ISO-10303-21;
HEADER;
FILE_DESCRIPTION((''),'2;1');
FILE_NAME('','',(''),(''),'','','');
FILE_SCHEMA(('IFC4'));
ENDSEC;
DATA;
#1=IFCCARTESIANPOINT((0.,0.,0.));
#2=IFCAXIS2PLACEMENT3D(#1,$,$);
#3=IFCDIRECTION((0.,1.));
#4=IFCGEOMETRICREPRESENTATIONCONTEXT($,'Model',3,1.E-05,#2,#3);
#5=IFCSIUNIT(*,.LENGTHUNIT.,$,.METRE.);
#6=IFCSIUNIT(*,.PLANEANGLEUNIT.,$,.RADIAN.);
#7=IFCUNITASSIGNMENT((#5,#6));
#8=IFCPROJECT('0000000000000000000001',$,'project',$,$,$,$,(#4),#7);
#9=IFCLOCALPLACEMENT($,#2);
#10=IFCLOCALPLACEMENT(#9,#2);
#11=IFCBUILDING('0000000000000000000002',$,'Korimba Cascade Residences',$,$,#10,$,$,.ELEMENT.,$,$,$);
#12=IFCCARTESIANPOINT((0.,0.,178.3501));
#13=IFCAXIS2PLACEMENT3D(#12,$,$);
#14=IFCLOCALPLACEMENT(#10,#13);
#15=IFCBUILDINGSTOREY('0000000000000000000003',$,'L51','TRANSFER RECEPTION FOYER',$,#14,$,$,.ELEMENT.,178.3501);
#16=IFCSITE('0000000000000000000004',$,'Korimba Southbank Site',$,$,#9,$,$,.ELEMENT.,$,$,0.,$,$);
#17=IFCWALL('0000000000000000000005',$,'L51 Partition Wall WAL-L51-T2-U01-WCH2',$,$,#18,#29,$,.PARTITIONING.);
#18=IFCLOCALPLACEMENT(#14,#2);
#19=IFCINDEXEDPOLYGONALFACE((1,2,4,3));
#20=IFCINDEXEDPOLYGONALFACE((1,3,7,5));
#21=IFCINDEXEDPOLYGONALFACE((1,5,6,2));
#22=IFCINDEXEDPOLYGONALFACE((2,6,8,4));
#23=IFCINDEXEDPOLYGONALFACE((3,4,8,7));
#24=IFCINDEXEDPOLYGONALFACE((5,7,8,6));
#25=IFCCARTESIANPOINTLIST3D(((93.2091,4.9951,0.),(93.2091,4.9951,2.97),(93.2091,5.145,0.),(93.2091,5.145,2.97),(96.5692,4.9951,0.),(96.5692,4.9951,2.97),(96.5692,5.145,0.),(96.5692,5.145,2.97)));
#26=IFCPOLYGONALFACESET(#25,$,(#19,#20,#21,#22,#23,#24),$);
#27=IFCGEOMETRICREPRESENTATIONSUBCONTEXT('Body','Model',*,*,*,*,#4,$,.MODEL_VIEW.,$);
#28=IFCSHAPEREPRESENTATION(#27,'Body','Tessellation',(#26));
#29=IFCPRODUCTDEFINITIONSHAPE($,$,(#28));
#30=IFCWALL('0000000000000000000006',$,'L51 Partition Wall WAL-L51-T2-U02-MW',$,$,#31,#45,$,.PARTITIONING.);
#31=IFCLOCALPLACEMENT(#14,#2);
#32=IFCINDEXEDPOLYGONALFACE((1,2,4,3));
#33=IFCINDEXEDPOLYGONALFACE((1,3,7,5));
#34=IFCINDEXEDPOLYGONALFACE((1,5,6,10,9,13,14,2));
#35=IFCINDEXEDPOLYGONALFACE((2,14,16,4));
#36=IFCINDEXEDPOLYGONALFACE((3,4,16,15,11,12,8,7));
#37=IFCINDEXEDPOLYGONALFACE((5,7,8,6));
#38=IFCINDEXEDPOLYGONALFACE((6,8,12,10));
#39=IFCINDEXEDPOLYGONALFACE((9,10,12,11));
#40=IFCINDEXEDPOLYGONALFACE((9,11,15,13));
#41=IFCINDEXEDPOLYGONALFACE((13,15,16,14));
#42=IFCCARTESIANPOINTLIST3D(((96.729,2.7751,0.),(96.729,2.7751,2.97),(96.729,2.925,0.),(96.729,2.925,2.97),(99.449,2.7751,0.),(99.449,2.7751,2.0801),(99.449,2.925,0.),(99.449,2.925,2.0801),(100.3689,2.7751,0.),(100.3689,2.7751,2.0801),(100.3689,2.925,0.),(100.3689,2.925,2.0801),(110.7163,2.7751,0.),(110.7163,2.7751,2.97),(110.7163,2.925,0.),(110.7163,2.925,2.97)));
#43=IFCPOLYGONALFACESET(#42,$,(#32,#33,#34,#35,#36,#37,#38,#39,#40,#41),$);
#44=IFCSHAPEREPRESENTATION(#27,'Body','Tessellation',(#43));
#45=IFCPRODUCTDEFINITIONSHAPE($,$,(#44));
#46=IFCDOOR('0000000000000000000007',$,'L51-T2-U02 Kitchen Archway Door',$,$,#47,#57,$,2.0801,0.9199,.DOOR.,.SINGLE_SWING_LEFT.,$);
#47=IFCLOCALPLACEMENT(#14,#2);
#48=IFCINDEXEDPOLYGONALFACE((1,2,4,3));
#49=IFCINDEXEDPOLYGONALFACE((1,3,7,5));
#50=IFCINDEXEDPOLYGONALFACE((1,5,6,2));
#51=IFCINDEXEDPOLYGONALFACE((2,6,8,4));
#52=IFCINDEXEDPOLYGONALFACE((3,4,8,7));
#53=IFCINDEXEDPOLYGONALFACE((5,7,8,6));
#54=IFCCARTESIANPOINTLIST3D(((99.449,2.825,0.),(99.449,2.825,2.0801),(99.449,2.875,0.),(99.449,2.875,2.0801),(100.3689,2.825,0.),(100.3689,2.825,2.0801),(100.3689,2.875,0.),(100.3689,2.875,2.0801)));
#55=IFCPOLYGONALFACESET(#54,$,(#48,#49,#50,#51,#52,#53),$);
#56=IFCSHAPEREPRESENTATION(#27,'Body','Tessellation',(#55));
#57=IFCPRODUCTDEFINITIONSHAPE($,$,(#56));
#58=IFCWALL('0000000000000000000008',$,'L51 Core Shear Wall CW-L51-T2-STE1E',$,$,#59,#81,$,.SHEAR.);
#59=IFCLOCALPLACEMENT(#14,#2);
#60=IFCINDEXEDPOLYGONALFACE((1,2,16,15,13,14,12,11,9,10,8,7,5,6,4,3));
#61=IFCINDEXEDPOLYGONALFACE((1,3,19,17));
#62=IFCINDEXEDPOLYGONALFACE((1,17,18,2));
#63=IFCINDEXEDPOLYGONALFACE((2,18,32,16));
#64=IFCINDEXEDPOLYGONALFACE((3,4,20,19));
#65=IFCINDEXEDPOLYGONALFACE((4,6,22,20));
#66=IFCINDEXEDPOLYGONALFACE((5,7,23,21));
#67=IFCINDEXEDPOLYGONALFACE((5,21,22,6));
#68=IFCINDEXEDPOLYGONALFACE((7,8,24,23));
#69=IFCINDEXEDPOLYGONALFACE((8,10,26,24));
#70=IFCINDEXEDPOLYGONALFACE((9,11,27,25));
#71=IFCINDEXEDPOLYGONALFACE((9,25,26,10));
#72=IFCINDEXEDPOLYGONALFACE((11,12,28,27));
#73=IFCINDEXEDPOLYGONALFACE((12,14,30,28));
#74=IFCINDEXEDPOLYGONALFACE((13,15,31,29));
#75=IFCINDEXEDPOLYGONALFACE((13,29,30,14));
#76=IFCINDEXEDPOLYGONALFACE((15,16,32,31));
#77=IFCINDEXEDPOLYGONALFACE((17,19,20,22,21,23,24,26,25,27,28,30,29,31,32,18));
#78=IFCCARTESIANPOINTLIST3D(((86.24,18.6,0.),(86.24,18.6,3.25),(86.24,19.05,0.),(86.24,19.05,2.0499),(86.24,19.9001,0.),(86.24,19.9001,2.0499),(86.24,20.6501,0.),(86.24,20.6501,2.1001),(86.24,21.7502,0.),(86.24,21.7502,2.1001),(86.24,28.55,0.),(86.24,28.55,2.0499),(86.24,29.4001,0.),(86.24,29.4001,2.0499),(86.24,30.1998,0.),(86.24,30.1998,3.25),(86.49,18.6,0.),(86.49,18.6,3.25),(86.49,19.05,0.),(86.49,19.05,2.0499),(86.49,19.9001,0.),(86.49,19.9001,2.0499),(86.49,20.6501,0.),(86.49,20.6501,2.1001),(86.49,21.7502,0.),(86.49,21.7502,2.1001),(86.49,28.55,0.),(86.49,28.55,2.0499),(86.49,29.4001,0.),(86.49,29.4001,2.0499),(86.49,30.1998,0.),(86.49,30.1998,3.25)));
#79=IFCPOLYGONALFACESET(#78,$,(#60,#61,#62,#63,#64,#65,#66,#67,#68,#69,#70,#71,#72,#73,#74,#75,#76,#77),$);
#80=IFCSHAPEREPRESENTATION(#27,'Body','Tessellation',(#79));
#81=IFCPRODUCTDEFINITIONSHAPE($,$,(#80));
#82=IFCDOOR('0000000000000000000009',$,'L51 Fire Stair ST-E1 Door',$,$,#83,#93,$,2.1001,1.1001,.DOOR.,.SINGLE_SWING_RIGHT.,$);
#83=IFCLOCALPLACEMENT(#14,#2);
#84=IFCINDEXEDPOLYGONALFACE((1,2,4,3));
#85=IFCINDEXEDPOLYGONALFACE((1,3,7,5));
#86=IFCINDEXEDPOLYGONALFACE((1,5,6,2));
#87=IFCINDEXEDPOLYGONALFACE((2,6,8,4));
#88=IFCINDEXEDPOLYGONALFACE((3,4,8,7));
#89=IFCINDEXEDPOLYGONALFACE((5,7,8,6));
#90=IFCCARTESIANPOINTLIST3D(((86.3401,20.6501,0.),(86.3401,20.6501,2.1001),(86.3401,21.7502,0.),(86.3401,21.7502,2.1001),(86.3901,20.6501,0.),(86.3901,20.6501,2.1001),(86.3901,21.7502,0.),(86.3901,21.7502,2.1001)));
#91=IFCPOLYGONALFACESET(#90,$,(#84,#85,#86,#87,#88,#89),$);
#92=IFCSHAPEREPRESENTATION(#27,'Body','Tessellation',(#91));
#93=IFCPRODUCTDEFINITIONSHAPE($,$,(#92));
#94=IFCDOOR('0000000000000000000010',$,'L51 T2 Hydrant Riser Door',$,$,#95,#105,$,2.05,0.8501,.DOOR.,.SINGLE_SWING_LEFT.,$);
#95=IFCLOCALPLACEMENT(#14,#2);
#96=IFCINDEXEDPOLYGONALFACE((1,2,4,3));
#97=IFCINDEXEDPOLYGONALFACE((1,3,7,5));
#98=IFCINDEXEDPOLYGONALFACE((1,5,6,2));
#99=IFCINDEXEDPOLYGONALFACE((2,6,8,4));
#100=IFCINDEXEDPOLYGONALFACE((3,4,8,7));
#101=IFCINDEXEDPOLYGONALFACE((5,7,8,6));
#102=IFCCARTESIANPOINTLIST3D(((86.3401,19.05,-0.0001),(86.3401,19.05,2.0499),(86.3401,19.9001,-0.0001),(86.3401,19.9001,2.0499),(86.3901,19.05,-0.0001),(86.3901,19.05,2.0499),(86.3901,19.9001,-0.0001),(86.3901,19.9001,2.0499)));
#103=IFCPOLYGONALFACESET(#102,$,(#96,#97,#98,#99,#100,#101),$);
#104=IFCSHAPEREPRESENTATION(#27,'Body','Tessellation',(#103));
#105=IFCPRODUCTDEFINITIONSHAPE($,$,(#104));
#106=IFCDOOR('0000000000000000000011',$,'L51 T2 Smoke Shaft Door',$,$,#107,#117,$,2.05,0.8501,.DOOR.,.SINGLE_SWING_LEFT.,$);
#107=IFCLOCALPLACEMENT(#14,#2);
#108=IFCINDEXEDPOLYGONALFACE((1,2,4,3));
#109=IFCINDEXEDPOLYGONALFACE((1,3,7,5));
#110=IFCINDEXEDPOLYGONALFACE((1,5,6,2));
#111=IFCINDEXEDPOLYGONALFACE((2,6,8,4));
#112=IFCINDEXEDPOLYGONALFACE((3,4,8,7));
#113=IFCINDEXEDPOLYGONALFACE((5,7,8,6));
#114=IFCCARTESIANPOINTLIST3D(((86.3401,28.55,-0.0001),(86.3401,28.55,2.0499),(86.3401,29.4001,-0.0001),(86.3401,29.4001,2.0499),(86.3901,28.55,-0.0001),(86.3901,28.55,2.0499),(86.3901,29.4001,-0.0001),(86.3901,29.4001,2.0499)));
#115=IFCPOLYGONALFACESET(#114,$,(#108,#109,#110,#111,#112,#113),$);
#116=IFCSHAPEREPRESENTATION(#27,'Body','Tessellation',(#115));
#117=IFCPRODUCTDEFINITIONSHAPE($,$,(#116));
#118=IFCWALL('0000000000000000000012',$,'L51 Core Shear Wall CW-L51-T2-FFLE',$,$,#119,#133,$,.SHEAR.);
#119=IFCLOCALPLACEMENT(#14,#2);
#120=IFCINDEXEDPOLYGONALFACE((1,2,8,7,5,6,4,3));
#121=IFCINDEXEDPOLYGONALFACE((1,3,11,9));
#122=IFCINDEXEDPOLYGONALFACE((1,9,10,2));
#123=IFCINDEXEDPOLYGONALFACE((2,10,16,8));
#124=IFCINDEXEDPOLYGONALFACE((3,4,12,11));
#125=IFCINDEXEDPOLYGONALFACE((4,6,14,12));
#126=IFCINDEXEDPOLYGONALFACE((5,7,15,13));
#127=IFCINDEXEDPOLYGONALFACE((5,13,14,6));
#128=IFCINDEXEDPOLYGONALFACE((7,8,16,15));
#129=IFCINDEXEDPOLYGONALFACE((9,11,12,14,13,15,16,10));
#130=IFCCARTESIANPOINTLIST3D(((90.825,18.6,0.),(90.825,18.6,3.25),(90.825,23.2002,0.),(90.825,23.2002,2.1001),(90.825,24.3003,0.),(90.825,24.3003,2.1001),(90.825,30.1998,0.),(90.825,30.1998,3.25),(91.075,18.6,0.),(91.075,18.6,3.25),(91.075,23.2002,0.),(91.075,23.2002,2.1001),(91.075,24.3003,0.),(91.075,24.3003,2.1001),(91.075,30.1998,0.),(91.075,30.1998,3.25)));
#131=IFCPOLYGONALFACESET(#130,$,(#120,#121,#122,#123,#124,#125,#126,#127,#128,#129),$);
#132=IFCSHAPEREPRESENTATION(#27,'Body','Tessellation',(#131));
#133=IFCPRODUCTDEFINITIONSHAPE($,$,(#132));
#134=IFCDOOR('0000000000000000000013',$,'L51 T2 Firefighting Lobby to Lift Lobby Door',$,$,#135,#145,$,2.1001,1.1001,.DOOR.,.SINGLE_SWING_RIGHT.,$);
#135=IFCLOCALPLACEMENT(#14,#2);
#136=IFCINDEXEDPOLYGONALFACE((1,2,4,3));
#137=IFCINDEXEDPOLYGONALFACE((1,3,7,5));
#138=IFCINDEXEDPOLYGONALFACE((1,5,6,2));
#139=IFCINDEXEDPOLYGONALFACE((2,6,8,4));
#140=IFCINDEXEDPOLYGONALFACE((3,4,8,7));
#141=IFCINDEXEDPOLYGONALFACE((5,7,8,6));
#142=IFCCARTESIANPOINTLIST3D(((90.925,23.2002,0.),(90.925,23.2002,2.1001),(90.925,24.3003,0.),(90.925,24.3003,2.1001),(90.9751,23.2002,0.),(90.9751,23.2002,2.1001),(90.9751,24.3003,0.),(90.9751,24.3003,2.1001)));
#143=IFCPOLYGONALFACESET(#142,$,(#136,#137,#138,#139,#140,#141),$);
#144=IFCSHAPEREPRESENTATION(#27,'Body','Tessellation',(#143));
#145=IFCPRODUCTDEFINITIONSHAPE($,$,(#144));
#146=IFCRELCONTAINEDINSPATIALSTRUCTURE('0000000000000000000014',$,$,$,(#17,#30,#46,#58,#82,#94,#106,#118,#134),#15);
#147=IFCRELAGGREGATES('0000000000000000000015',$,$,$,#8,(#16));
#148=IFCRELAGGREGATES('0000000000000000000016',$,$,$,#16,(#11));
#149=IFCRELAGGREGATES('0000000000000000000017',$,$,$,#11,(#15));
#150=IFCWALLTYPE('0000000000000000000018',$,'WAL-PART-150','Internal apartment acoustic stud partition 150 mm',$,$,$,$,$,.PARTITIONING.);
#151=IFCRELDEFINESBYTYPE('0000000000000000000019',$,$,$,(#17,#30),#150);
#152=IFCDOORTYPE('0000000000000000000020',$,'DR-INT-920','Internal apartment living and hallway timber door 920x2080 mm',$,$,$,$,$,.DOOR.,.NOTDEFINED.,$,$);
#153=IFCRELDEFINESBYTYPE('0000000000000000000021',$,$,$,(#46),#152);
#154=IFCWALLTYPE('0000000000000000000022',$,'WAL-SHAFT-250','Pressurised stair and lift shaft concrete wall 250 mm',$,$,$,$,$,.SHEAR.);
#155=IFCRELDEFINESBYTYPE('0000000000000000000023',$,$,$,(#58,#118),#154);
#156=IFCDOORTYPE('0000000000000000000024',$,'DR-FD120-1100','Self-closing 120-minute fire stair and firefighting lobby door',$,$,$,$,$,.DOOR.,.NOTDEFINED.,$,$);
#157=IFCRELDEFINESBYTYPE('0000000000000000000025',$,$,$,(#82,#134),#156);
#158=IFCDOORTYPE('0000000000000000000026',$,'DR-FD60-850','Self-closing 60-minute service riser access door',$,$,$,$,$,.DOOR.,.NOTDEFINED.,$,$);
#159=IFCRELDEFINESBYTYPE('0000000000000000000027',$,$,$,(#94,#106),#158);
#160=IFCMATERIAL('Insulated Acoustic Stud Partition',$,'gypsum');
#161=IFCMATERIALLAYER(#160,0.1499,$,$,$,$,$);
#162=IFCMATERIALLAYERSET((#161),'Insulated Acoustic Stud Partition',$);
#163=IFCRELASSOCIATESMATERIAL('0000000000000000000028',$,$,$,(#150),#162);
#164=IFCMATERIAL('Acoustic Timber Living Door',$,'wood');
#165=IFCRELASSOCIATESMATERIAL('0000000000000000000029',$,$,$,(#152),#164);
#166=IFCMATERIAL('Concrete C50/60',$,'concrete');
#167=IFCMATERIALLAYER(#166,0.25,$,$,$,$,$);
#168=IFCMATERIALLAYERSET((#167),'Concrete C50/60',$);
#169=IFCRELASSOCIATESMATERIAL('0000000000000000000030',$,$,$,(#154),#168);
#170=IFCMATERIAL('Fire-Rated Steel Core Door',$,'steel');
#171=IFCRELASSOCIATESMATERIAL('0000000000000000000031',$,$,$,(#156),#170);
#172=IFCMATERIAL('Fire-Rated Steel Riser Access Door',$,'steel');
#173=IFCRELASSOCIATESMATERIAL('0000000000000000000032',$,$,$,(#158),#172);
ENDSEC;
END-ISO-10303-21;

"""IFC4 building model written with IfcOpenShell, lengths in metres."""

from ifc_helpers import new_model, si_unit, direction, frame, frame_2d, origin, place, context, subcontext, project, spatial, rectangle, extrude, material, layer, layer_set, type_object, element, fill, save


model = new_model("IFC4")

# Units and contexts
model_context = context("Model", 3, precision=1e-05, world=origin(), true_north=direction((0.0, 1.0)))
body_context = subcontext(model_context, "Body", "Model", "MODEL_VIEW")
ifc_project = project(units=[si_unit("LENGTHUNIT", "METRE"), si_unit("PLANEANGLEUNIT", "RADIAN")], contexts=[model_context])

# Site, building, storey
site_placement = place(None, origin())
site = spatial("IfcSite", under=ifc_project, at=site_placement, Name="Korimba Southbank Site", CompositionType="ELEMENT", RefElevation=0.0)
building_placement = place(site_placement, origin())
building = spatial("IfcBuilding", under=site, at=building_placement, Name="Korimba Cascade Residences", CompositionType="ELEMENT")
storey_placement = place(building_placement, frame((0.0, 0.0, 178.3501)))
storey = spatial("IfcBuildingStorey", under=building, at=storey_placement, Name="L51", Description="TRANSFER RECEPTION FOYER", CompositionType="ELEMENT", Elevation=178.3501)

# Shared definitions
ifc_material_1 = material(Name="Concrete C50/60", Category="concrete")

# Shared definitions
ifc_material_2 = material(Name="Insulated Acoustic Stud Partition", Category="gypsum")
ifc_layer_1 = layer(ifc_material_2, 0.1499)
ifc_layer_set_1 = layer_set([ifc_layer_1], Name="Insulated Acoustic Stud Partition")
wall_type_1 = type_object("IfcWallType", Name="WAL-PART-150", Description="Internal apartment acoustic stud partition 150 mm", PredefinedType="PARTITIONING", material=ifc_layer_set_1)
ifc_material_3 = material(Name="Acoustic Timber Living Door", Category="wood")
door_type_1 = type_object("IfcDoorType", Name="DR-INT-920", Description="Internal apartment living and hallway timber door 920x2080 mm", OperationType="NOTDEFINED", PredefinedType="DOOR", material=ifc_material_3)

# Wall
wall_1_placement = place(storey_placement, frame((93.209, 5.0701, 0.0), z_axis=(0.0, 0.0, 1.0), x_axis=(1.0, 0.0, 0.0)))
element("IfcWall", 1, at=wall_1_placement, inside=storey, type_object=wall_type_1, Name="L51 Partition Wall WAL-L51-T2-U01-WCH2", PredefinedType="PARTITIONING", context=body_context, shape_type="SweptSolid", body=[
    extrude(rectangle(XDim=3.3601, YDim=0.1499, at=frame_2d((1.6802, 0.0))), origin(), (0.0, 0.0, 1.0), 2.97),
])

# Wall, opening, door
wall_2_placement = place(storey_placement, frame((96.729, 2.8501, 0.0), z_axis=(0.0, 0.0, 1.0), x_axis=(1.0, 0.0, 0.0)))
wall_2 = element("IfcWall", 2, at=wall_2_placement, inside=storey, type_object=wall_type_1, Name="L51 Partition Wall WAL-L51-T2-U02-MW", PredefinedType="PARTITIONING", context=body_context, shape_type="SweptSolid", body=[
    extrude(rectangle(XDim=13.9873, YDim=0.1499, at=frame_2d((6.9937, 0.0))), origin(), (0.0, 0.0, 1.0), 2.97),
])
opening_1_placement = place(wall_2_placement, frame((2.72, 0.0, 0.0)))
opening_1 = element("IfcOpeningElement", 3, at=opening_1_placement, cuts=wall_2, PredefinedType="OPENING", context=body_context, shape_type="SweptSolid", body=[
    extrude(rectangle(XDim=0.9199, YDim=2.0801, at=frame_2d((0.46, 1.04))), frame((0.0, 0.085, 0.0), z_axis=(0.0, -1.0, 0.0), x_axis=(1.0, 0.0, 0.0)), (0.0, 0.0, 1.0), 0.1699),
])
door_1_placement = place(opening_1_placement, origin())
door_1 = element("IfcDoor", 4, at=door_1_placement, inside=storey, type_object=door_type_1, Name="L51-T2-U02 Kitchen Archway Door", OperationType="SINGLE_SWING_LEFT", OverallHeight=2.0801, OverallWidth=0.9199, PredefinedType="DOOR", context=body_context, shape_type="SweptSolid", body=[
    extrude(rectangle(XDim=0.9199, YDim=2.0801, at=frame_2d((0.46, 1.04))), frame((0.0, 0.0249, 0.0), z_axis=(0.0, -1.0, 0.0), x_axis=(1.0, 0.0, 0.0)), (0.0, 0.0, 1.0), 0.05),
])
fill(opening_1, door_1)

# Wall, openings, doors
ifc_layer_2 = layer(ifc_material_1, 0.25)
ifc_layer_set_2 = layer_set([ifc_layer_2], Name="Concrete C50/60")
wall_type_2 = type_object("IfcWallType", Name="WAL-SHAFT-250", Description="Pressurised stair and lift shaft concrete wall 250 mm", PredefinedType="SHEAR", material=ifc_layer_set_2)
wall_3_placement = place(storey_placement, frame((86.365, 18.6001, 0.0), z_axis=(0.0, 0.0, 1.0), x_axis=(0.0, 1.0, 0.0)))
wall_3 = element("IfcWall", 5, at=wall_3_placement, inside=storey, type_object=wall_type_2, Name="L51 Core Shear Wall CW-L51-T2-STE1E", PredefinedType="SHEAR", context=body_context, shape_type="SweptSolid", body=[
    extrude(rectangle(XDim=11.5999, YDim=0.25, at=frame_2d((5.7998, 0.0))), origin(), (0.0, 0.0, 1.0), 3.25),
])
opening_2_placement = place(wall_3_placement, frame((0.45, 0.0, 0.0)))
opening_2 = element("IfcOpeningElement", 6, at=opening_2_placement, cuts=wall_3, PredefinedType="OPENING", context=body_context, shape_type="SweptSolid", body=[
    extrude(rectangle(XDim=0.8501, YDim=2.05, at=frame_2d((0.425, 1.0249))), frame((0.0, 0.135, 0.0), z_axis=(0.0, -1.0, 0.0), x_axis=(1.0, 0.0, 0.0)), (0.0, 0.0, 1.0), 0.27),
])
opening_3_placement = place(wall_3_placement, frame((2.05, 0.0, 0.0)))
opening_3 = element("IfcOpeningElement", 7, at=opening_3_placement, cuts=wall_3, PredefinedType="OPENING", context=body_context, shape_type="SweptSolid", body=[
    extrude(rectangle(XDim=1.1001, YDim=2.1001, at=frame_2d((0.55, 1.05))), frame((0.0, 0.135, 0.0), z_axis=(0.0, -1.0, 0.0), x_axis=(1.0, 0.0, 0.0)), (0.0, 0.0, 1.0), 0.27),
])
opening_4_placement = place(wall_3_placement, frame((9.95, 0.0, 0.0)))
opening_4 = element("IfcOpeningElement", 8, at=opening_4_placement, cuts=wall_3, PredefinedType="OPENING", context=body_context, shape_type="SweptSolid", body=[
    extrude(rectangle(XDim=0.8501, YDim=2.05, at=frame_2d((0.425, 1.0249))), frame((0.0, 0.135, 0.0), z_axis=(0.0, -1.0, 0.0), x_axis=(1.0, 0.0, 0.0)), (0.0, 0.0, 1.0), 0.27),
])
ifc_material_4 = material(Name="Fire-Rated Steel Core Door", Category="steel")
door_type_2 = type_object("IfcDoorType", Name="DR-FD120-1100", Description="Self-closing 120-minute fire stair and firefighting lobby door", OperationType="NOTDEFINED", PredefinedType="DOOR", material=ifc_material_4)
door_2_placement = place(opening_3_placement, origin())
door_2 = element("IfcDoor", 9, at=door_2_placement, inside=storey, type_object=door_type_2, Name="L51 Fire Stair ST-E1 Door", OperationType="SINGLE_SWING_RIGHT", OverallHeight=2.1001, OverallWidth=1.1001, PredefinedType="DOOR", context=body_context, shape_type="SweptSolid", body=[
    extrude(rectangle(XDim=1.1001, YDim=2.1001, at=frame_2d((0.55, 1.05))), frame((0.0, 0.0249, 0.0), z_axis=(0.0, -1.0, 0.0), x_axis=(1.0, 0.0, 0.0)), (0.0, 0.0, 1.0), 0.05),
])
fill(opening_3, door_2)
ifc_material_5 = material(Name="Fire-Rated Steel Riser Access Door", Category="steel")
door_type_3 = type_object("IfcDoorType", Name="DR-FD60-850", Description="Self-closing 60-minute service riser access door", OperationType="NOTDEFINED", PredefinedType="DOOR", material=ifc_material_5)
door_3_placement = place(opening_2_placement, origin())
door_3 = element("IfcDoor", 10, at=door_3_placement, inside=storey, type_object=door_type_3, Name="L51 T2 Hydrant Riser Door", OperationType="SINGLE_SWING_LEFT", OverallHeight=2.05, OverallWidth=0.8501, PredefinedType="DOOR", context=body_context, shape_type="SweptSolid", body=[
    extrude(rectangle(XDim=0.8501, YDim=2.05, at=frame_2d((0.425, 1.0249))), frame((0.0, 0.0249, 0.0), z_axis=(0.0, -1.0, 0.0), x_axis=(1.0, 0.0, 0.0)), (0.0, 0.0, 1.0), 0.05),
])
fill(opening_2, door_3)
door_4_placement = place(opening_4_placement, origin())
door_4 = element("IfcDoor", 11, at=door_4_placement, inside=storey, type_object=door_type_3, Name="L51 T2 Smoke Shaft Door", OperationType="SINGLE_SWING_LEFT", OverallHeight=2.05, OverallWidth=0.8501, PredefinedType="DOOR", context=body_context, shape_type="SweptSolid", body=[
    extrude(rectangle(XDim=0.8501, YDim=2.05, at=frame_2d((0.425, 1.0249))), frame((0.0, 0.0249, 0.0), z_axis=(0.0, -1.0, 0.0), x_axis=(1.0, 0.0, 0.0)), (0.0, 0.0, 1.0), 0.05),
])
fill(opening_4, door_4)

# Wall, opening, door
wall_4_placement = place(storey_placement, frame((90.95, 18.6001, 0.0), z_axis=(0.0, 0.0, 1.0), x_axis=(0.0, 1.0, 0.0)))
wall_4 = element("IfcWall", 12, at=wall_4_placement, inside=storey, type_object=wall_type_2, Name="L51 Core Shear Wall CW-L51-T2-FFLE", PredefinedType="SHEAR", context=body_context, shape_type="SweptSolid", body=[
    extrude(rectangle(XDim=11.5999, YDim=0.25, at=frame_2d((5.7998, 0.0))), origin(), (0.0, 0.0, 1.0), 3.25),
])
opening_5_placement = place(wall_4_placement, frame((4.6001, 0.0, 0.0)))
opening_5 = element("IfcOpeningElement", 13, at=opening_5_placement, cuts=wall_4, PredefinedType="OPENING", context=body_context, shape_type="SweptSolid", body=[
    extrude(rectangle(XDim=1.1001, YDim=2.1001, at=frame_2d((0.55, 1.05))), frame((0.0, 0.135, 0.0), z_axis=(0.0, -1.0, 0.0), x_axis=(1.0, 0.0, 0.0)), (0.0, 0.0, 1.0), 0.27),
])
door_5_placement = place(opening_5_placement, origin())
door_5 = element("IfcDoor", 14, at=door_5_placement, inside=storey, type_object=door_type_2, Name="L51 T2 Firefighting Lobby to Lift Lobby Door", OperationType="SINGLE_SWING_RIGHT", OverallHeight=2.1001, OverallWidth=1.1001, PredefinedType="DOOR", context=body_context, shape_type="SweptSolid", body=[
    extrude(rectangle(XDim=1.1001, YDim=2.1001, at=frame_2d((0.55, 1.05))), frame((0.0, 0.0249, 0.0), z_axis=(0.0, -1.0, 0.0), x_axis=(1.0, 0.0, 0.0)), (0.0, 0.0, 1.0), 0.05),
])
fill(opening_5, door_5)

save(model, "model.ifc")
